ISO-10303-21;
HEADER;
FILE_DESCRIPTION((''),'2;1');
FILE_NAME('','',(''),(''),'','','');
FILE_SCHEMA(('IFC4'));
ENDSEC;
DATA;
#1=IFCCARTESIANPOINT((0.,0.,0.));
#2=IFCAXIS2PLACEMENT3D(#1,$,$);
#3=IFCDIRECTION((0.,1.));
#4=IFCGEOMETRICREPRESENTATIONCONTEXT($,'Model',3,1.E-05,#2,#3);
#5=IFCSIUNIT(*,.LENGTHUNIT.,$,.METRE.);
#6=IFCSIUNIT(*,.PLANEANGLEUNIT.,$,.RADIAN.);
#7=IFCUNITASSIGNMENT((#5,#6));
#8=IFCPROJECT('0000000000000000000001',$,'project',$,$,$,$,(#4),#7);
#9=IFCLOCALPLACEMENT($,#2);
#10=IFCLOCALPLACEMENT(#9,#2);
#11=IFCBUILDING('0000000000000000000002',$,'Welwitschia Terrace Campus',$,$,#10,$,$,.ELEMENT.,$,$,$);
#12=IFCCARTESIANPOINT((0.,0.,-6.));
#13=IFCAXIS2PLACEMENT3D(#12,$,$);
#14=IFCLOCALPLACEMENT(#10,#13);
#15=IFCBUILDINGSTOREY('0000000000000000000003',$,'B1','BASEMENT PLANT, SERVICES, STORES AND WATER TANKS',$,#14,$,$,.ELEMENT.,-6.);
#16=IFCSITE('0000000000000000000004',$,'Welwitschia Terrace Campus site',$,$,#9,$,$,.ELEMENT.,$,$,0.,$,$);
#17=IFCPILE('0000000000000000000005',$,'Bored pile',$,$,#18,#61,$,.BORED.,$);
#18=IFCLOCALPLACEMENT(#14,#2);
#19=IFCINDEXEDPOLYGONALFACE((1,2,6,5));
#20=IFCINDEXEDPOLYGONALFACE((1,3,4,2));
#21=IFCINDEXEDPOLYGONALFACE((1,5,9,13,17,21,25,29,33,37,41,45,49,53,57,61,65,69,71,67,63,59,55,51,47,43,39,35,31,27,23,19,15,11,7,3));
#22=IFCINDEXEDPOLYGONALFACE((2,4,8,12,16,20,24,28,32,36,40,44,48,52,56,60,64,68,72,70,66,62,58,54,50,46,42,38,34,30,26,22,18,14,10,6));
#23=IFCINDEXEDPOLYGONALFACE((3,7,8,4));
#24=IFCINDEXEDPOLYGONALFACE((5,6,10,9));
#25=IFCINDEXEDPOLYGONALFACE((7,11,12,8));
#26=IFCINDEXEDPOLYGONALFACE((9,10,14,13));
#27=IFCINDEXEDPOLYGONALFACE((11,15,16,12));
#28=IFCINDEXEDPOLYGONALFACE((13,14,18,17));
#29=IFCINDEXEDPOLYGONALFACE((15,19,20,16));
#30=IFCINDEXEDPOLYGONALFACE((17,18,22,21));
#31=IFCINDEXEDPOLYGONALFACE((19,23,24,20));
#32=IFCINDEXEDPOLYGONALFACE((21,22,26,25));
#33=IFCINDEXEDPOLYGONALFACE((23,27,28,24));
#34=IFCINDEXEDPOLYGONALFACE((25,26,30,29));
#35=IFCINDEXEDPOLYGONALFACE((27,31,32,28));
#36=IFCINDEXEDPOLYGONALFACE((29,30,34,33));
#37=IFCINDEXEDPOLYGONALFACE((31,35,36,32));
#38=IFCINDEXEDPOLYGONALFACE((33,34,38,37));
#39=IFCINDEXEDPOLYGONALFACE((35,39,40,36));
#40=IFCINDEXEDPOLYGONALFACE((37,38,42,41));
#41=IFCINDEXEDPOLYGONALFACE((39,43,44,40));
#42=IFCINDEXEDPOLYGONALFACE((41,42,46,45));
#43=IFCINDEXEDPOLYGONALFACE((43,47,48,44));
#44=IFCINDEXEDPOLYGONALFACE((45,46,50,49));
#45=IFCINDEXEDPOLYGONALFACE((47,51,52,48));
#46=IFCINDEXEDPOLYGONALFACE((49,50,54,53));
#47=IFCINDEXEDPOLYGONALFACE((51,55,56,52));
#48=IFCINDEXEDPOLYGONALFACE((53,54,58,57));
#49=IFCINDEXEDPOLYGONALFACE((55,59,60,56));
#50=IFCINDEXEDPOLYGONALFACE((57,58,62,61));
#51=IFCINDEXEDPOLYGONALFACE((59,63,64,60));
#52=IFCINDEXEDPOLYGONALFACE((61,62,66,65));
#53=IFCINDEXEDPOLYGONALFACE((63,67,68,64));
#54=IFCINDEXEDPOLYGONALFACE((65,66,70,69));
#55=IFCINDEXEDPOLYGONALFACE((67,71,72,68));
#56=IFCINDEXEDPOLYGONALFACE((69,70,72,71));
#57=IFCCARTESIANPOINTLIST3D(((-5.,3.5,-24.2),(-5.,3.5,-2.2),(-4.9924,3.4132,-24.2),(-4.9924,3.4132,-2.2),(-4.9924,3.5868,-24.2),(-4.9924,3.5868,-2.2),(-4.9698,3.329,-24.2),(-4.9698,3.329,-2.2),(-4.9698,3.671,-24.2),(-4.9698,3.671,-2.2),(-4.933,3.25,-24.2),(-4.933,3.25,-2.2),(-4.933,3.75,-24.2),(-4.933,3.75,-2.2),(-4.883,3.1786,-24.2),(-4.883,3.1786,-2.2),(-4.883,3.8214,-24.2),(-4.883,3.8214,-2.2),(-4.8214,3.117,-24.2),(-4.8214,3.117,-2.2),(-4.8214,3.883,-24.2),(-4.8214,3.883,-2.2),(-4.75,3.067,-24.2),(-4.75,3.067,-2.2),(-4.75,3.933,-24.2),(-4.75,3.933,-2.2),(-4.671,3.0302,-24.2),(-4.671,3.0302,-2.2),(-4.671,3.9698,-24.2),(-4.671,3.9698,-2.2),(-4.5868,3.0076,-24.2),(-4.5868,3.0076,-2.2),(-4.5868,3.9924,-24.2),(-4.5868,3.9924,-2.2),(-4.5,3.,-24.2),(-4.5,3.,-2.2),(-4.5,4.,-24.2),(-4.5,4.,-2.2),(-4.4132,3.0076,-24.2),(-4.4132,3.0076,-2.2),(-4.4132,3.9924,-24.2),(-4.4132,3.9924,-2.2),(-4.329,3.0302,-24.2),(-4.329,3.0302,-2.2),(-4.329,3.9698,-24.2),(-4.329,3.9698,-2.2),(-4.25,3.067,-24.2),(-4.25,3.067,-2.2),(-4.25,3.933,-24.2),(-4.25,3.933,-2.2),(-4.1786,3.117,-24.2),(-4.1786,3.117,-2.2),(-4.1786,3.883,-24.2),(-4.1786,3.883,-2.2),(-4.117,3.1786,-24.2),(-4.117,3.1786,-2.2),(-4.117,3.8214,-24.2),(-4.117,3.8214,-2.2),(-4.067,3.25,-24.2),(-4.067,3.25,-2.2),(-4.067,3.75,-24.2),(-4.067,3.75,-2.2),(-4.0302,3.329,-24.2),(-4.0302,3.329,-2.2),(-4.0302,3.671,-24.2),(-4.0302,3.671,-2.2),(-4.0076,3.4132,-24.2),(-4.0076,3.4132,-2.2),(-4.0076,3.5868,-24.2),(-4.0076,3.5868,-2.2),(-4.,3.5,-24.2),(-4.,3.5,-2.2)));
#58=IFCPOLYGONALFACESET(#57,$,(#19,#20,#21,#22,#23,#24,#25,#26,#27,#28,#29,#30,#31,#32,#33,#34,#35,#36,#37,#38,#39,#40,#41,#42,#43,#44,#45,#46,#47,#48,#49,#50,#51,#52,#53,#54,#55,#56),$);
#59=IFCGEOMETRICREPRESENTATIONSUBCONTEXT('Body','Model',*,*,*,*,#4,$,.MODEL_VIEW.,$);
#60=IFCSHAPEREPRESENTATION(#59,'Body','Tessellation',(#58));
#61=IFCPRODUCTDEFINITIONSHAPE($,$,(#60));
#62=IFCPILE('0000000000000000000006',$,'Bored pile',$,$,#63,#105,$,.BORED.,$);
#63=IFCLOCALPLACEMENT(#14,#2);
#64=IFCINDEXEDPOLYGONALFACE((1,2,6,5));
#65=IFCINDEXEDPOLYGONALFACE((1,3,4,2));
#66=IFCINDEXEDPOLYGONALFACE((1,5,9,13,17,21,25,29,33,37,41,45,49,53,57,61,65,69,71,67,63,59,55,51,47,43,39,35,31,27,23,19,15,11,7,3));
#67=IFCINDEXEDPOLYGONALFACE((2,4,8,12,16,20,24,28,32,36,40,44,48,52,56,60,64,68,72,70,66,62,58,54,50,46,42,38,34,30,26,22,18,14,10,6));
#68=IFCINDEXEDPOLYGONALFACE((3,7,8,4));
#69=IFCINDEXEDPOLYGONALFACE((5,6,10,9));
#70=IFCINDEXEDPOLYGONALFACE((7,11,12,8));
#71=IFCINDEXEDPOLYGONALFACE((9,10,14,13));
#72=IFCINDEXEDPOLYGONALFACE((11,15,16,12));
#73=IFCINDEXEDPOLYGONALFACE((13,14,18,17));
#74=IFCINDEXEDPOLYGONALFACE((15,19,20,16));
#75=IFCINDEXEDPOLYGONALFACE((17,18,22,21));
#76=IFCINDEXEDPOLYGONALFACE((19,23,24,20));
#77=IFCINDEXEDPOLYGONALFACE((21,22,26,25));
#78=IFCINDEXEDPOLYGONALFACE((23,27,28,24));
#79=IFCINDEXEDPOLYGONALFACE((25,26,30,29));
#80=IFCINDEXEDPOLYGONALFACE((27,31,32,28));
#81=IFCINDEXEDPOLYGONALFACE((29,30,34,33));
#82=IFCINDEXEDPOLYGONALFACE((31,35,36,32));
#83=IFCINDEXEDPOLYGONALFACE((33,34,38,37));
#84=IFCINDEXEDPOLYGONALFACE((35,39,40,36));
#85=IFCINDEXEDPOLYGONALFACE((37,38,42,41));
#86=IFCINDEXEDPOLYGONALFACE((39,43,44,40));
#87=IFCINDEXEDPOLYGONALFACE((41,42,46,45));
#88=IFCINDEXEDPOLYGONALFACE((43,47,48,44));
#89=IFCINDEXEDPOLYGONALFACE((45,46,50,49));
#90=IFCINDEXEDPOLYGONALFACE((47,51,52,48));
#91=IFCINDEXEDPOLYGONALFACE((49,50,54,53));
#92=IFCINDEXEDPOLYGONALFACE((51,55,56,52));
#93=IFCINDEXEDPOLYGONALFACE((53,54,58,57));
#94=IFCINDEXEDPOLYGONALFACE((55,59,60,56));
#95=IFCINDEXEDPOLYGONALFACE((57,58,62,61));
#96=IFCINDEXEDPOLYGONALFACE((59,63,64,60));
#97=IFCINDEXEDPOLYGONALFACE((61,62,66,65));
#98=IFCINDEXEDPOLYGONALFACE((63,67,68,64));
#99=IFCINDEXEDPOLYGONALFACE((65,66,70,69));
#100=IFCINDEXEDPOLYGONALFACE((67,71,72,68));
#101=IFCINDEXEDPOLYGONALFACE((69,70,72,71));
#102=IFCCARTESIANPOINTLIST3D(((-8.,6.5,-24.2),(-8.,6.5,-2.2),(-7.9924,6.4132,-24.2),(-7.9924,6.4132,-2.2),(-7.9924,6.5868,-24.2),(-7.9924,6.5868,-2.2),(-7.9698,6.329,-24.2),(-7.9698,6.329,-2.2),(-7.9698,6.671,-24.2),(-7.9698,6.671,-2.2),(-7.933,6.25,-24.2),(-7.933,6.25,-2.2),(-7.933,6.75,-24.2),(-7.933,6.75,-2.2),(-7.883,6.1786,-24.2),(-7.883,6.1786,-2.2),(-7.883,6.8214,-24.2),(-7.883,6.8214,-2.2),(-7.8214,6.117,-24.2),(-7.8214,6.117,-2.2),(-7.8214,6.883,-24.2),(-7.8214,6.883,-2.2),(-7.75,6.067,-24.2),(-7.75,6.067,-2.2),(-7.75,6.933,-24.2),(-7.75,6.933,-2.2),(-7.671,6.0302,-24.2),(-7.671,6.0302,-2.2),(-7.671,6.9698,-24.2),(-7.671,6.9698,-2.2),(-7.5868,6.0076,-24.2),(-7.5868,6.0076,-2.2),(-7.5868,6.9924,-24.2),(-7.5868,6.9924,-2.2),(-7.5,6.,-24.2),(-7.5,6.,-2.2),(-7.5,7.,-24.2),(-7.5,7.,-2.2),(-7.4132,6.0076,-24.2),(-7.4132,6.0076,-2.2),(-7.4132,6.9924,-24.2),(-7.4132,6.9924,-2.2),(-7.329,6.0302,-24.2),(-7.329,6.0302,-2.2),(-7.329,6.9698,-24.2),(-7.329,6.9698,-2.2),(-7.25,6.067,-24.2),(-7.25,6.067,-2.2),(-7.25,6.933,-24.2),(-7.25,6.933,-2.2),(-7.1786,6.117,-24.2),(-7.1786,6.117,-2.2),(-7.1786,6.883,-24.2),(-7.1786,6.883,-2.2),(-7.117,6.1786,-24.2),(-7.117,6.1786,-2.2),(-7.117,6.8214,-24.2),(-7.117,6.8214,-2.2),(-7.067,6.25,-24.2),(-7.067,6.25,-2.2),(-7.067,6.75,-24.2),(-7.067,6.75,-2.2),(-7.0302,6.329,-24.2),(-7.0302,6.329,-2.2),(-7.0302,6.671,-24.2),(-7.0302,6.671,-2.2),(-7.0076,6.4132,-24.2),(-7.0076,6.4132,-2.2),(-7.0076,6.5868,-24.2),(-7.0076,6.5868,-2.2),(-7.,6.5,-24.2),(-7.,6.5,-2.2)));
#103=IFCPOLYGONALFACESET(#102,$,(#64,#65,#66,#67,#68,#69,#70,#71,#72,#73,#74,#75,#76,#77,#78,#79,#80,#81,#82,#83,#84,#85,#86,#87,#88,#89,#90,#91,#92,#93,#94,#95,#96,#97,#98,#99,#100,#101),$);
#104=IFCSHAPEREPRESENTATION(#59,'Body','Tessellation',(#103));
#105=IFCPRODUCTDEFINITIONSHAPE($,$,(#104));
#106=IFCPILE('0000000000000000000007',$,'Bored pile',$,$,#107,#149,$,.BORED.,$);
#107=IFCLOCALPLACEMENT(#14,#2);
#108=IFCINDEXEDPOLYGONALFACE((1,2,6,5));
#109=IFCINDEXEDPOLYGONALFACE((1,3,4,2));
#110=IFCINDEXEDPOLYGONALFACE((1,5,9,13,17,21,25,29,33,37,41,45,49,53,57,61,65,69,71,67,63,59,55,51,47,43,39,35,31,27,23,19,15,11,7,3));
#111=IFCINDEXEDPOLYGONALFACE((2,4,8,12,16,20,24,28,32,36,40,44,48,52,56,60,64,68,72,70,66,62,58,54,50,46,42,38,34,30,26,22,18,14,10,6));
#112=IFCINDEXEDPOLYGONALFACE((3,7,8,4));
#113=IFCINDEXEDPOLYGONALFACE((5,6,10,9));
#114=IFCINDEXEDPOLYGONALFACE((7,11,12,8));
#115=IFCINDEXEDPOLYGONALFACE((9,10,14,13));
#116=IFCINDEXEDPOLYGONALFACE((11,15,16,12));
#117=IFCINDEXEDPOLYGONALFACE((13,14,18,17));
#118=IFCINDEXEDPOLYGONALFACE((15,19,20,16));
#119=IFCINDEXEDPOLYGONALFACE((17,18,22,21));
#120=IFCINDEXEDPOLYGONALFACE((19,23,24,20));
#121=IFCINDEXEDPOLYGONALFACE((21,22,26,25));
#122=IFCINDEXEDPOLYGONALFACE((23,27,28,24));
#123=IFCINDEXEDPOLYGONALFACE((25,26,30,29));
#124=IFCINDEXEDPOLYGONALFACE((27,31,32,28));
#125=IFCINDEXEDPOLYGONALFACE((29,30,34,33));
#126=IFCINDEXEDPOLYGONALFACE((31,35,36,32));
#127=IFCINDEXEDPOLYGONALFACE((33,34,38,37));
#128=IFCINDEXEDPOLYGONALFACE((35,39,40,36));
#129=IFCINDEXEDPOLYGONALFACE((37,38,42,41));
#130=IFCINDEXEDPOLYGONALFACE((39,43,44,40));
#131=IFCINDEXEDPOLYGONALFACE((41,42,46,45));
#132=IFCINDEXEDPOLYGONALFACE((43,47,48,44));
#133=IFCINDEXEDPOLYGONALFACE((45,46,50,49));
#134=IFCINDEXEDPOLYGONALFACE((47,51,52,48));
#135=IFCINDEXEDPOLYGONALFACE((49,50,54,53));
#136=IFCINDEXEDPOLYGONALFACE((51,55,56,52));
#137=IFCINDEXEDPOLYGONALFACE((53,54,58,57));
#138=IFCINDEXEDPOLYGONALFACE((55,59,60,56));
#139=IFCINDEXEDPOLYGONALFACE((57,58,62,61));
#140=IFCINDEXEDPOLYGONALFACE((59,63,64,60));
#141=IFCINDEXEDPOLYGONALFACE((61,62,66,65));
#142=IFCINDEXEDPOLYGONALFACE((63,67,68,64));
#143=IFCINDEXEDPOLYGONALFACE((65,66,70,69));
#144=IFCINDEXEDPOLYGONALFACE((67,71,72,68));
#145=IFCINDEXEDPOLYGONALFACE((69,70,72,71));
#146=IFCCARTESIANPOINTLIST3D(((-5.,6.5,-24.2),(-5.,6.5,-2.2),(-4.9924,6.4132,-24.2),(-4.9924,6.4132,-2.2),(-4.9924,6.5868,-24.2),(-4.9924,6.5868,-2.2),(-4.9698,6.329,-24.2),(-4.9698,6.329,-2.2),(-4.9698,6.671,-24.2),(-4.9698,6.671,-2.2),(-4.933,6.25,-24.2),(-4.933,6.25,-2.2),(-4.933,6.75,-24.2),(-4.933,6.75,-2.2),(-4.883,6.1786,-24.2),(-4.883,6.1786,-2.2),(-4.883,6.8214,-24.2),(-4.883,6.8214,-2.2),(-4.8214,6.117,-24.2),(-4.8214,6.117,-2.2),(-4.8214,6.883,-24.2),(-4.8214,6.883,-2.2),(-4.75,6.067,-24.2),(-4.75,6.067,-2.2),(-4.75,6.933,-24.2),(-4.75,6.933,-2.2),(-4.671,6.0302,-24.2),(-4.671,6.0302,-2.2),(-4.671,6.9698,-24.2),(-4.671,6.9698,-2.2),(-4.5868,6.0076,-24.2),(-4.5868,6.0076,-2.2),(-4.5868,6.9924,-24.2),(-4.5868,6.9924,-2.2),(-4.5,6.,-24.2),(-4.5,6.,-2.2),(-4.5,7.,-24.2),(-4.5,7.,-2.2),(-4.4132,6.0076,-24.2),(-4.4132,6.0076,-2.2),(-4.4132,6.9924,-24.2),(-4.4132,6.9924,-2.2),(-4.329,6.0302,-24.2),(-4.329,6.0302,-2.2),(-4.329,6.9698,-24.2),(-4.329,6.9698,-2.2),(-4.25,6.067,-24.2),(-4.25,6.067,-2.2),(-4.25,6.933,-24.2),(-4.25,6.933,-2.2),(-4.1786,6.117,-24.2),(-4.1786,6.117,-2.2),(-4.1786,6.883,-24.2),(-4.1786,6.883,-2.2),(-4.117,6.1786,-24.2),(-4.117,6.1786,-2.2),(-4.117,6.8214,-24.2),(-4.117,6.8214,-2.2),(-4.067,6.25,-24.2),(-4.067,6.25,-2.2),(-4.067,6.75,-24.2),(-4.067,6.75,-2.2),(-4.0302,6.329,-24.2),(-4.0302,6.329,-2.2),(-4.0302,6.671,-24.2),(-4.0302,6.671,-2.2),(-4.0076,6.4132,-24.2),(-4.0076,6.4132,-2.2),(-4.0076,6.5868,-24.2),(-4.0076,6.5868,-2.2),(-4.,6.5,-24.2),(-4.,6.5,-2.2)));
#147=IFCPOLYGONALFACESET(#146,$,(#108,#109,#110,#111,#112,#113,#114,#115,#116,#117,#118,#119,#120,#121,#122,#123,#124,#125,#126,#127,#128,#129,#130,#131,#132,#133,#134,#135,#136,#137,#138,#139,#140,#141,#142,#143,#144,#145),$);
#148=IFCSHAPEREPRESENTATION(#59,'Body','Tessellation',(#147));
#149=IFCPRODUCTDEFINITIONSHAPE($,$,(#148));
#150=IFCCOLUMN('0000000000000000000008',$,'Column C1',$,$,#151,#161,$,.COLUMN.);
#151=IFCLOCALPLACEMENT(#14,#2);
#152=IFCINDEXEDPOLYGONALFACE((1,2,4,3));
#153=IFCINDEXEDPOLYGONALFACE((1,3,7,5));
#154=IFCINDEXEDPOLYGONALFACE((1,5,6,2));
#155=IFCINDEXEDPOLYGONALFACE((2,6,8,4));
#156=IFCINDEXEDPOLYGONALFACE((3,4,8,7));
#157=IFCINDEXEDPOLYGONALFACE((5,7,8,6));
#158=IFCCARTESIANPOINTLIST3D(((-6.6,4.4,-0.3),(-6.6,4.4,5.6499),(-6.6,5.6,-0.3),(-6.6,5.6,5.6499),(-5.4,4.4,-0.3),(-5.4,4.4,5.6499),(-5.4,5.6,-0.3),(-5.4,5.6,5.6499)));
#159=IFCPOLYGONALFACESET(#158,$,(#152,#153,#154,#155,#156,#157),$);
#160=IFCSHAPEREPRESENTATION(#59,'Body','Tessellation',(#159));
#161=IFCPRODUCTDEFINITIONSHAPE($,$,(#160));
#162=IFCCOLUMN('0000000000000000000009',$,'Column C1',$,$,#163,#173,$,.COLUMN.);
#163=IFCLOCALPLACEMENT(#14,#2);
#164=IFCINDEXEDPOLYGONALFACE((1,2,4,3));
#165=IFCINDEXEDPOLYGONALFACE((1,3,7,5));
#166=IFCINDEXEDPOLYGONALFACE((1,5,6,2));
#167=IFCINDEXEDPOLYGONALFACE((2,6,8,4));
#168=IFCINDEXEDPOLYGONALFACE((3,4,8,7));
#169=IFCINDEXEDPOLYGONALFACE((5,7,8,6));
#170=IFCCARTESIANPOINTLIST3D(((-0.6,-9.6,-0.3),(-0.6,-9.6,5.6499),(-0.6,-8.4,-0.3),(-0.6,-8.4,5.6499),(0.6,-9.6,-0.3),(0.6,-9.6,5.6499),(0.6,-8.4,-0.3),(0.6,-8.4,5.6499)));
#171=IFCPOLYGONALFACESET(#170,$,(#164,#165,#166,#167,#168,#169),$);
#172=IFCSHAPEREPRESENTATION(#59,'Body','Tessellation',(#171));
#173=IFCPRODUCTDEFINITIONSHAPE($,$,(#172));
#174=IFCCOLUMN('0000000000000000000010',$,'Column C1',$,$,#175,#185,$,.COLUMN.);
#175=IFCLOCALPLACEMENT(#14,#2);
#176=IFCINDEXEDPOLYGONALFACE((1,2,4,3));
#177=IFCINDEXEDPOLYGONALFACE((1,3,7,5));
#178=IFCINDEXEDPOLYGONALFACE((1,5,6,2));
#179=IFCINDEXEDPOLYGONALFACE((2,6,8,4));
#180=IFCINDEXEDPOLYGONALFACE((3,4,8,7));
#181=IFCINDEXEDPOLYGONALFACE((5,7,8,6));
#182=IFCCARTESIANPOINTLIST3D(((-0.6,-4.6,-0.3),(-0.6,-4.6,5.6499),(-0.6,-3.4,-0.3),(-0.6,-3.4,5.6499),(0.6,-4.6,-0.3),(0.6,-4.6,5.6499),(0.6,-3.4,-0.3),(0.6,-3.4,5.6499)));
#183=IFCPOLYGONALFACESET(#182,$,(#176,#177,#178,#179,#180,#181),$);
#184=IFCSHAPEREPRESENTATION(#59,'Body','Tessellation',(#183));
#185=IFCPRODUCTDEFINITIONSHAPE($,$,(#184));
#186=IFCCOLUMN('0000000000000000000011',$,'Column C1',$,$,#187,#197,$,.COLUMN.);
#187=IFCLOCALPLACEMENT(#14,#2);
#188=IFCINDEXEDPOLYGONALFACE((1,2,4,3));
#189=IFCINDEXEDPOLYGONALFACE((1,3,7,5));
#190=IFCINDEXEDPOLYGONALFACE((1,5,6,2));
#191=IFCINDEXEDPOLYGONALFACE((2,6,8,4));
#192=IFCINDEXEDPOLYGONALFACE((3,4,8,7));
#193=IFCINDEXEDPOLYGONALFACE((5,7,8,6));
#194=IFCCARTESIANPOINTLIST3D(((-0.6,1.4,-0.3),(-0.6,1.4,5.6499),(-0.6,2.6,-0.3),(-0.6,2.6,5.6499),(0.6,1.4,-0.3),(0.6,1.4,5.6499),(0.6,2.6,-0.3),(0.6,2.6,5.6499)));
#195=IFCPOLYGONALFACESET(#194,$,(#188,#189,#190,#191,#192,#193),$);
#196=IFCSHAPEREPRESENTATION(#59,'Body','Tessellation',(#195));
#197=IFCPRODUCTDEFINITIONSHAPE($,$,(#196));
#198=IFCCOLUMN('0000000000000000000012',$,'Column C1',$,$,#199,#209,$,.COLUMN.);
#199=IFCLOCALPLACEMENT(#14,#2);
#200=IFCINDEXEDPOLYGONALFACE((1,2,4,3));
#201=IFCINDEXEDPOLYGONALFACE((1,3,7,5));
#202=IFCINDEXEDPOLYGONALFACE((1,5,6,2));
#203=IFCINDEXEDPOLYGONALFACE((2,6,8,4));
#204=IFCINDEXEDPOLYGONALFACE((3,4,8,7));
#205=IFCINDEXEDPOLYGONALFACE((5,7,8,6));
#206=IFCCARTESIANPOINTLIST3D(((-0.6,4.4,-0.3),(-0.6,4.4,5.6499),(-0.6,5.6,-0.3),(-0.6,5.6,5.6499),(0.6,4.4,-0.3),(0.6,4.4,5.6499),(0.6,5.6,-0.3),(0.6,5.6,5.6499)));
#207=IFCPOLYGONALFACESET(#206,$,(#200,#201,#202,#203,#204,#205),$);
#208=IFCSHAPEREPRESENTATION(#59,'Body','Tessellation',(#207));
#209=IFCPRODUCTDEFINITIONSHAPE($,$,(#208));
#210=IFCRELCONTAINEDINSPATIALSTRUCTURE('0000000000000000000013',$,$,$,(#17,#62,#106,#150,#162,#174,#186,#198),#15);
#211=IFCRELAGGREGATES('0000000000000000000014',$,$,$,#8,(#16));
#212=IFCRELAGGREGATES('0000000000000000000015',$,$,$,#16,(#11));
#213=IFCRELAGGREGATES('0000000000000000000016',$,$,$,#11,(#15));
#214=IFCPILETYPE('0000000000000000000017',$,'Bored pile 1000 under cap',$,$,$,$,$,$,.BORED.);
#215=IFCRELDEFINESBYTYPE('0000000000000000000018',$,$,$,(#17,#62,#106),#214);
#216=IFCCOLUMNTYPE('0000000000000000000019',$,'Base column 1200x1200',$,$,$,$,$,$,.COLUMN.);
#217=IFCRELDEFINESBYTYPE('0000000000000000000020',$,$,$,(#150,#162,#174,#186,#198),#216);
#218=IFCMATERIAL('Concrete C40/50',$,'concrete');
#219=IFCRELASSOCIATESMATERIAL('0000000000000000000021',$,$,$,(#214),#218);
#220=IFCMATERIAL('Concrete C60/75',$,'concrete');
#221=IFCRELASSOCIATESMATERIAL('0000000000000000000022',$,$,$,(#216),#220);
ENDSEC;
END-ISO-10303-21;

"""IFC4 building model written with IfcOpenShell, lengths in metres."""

from ifc_helpers import new_model, si_unit, direction, frame, origin, origin_2d, place, context, subcontext, project, spatial, rectangle, circle, extrude, material, material_profile, profile_set, type_object, element, save


model = new_model("IFC4")

# Units and contexts
model_context = context("Model", 3, precision=1e-05, world=origin(), true_north=direction((0.0, 1.0)))
body_context = subcontext(model_context, "Body", "Model", "MODEL_VIEW")
ifc_project = project(units=[si_unit("LENGTHUNIT", "METRE"), si_unit("PLANEANGLEUNIT", "RADIAN")], contexts=[model_context])

# Site, building, storey
site_placement = place(None, origin())
site = spatial("IfcSite", under=ifc_project, at=site_placement, Name="Welwitschia Terrace Campus site", CompositionType="ELEMENT", RefElevation=0.0)
building_placement = place(site_placement, origin())
building = spatial("IfcBuilding", under=site, at=building_placement, Name="Welwitschia Terrace Campus", CompositionType="ELEMENT")
storey_placement = place(building_placement, frame((0.0, 0.0, -6.0)))
storey = spatial("IfcBuildingStorey", under=building, at=storey_placement, Name="B1", Description="BASEMENT PLANT, SERVICES, STORES AND WATER TANKS", CompositionType="ELEMENT", Elevation=-6.0)

# Piles
ifc_material_1 = material(Name="Concrete C40/50", Category="concrete")
pile_type = type_object("IfcPileType", Name="Bored pile 1000 under cap", PredefinedType="BORED", material=ifc_material_1)
for number, where, z_axis, x_axis, name in (
    (1, (-4.5, 3.5, -2.2), (0.0, 0.0, -1.0), (1.0, 0.0, 0.0), "Bored pile"),
    (2, (-7.5, 6.5, -2.2), (0.0, 0.0, -1.0), (1.0, 0.0, 0.0), "Bored pile"),
    (3, (-4.5, 6.5, -2.2), (0.0, 0.0, -1.0), (1.0, 0.0, 0.0), "Bored pile"),
):
    element("IfcPile", number, at=place(storey_placement, frame(where, z_axis=z_axis, x_axis=x_axis)), inside=storey, type_object=pile_type, Name=name, PredefinedType="BORED", context=body_context, shape_type="SweptSolid", body=[
        extrude(circle(Radius=0.5, at=origin_2d()), origin(), (0.0, 0.0, 1.0), 22.0),
    ])

# Columns
ifc_material_2 = material(Name="Concrete C60/75", Category="concrete")
ifc_material_profile = material_profile(ifc_material_2, rectangle(XDim=1.2, YDim=1.2, at=origin_2d()))
ifc_profile_set = profile_set([ifc_material_profile], Name="Concrete C60/75")
column_type = type_object("IfcColumnType", Name="Base column 1200x1200", PredefinedType="COLUMN", material=ifc_profile_set)
for number, where, z_axis, x_axis, name in (
    (4, (-6.0, 5.0, -0.3), (0.0, 0.0, 1.0), (1.0, 0.0, 0.0), "Column C1"),
    (5, (0.0, -9.0, -0.3), (0.0, 0.0, 1.0), (1.0, 0.0, 0.0), "Column C1"),
    (6, (0.0, -4.0, -0.3), (0.0, 0.0, 1.0), (1.0, 0.0, 0.0), "Column C1"),
    (7, (0.0, 2.0, -0.3), (0.0, 0.0, 1.0), (1.0, 0.0, 0.0), "Column C1"),
    (8, (0.0, 5.0, -0.3), (0.0, 0.0, 1.0), (1.0, 0.0, 0.0), "Column C1"),
):
    element("IfcColumn", number, at=place(storey_placement, frame(where, z_axis=z_axis, x_axis=x_axis)), inside=storey, type_object=column_type, Name=name, PredefinedType="COLUMN", context=body_context, shape_type="SweptSolid", body=[
        extrude(rectangle(XDim=1.2, YDim=1.2, at=origin_2d()), origin(), (0.0, 0.0, 1.0), 5.95),
    ])

save(model, "model.ifc")
